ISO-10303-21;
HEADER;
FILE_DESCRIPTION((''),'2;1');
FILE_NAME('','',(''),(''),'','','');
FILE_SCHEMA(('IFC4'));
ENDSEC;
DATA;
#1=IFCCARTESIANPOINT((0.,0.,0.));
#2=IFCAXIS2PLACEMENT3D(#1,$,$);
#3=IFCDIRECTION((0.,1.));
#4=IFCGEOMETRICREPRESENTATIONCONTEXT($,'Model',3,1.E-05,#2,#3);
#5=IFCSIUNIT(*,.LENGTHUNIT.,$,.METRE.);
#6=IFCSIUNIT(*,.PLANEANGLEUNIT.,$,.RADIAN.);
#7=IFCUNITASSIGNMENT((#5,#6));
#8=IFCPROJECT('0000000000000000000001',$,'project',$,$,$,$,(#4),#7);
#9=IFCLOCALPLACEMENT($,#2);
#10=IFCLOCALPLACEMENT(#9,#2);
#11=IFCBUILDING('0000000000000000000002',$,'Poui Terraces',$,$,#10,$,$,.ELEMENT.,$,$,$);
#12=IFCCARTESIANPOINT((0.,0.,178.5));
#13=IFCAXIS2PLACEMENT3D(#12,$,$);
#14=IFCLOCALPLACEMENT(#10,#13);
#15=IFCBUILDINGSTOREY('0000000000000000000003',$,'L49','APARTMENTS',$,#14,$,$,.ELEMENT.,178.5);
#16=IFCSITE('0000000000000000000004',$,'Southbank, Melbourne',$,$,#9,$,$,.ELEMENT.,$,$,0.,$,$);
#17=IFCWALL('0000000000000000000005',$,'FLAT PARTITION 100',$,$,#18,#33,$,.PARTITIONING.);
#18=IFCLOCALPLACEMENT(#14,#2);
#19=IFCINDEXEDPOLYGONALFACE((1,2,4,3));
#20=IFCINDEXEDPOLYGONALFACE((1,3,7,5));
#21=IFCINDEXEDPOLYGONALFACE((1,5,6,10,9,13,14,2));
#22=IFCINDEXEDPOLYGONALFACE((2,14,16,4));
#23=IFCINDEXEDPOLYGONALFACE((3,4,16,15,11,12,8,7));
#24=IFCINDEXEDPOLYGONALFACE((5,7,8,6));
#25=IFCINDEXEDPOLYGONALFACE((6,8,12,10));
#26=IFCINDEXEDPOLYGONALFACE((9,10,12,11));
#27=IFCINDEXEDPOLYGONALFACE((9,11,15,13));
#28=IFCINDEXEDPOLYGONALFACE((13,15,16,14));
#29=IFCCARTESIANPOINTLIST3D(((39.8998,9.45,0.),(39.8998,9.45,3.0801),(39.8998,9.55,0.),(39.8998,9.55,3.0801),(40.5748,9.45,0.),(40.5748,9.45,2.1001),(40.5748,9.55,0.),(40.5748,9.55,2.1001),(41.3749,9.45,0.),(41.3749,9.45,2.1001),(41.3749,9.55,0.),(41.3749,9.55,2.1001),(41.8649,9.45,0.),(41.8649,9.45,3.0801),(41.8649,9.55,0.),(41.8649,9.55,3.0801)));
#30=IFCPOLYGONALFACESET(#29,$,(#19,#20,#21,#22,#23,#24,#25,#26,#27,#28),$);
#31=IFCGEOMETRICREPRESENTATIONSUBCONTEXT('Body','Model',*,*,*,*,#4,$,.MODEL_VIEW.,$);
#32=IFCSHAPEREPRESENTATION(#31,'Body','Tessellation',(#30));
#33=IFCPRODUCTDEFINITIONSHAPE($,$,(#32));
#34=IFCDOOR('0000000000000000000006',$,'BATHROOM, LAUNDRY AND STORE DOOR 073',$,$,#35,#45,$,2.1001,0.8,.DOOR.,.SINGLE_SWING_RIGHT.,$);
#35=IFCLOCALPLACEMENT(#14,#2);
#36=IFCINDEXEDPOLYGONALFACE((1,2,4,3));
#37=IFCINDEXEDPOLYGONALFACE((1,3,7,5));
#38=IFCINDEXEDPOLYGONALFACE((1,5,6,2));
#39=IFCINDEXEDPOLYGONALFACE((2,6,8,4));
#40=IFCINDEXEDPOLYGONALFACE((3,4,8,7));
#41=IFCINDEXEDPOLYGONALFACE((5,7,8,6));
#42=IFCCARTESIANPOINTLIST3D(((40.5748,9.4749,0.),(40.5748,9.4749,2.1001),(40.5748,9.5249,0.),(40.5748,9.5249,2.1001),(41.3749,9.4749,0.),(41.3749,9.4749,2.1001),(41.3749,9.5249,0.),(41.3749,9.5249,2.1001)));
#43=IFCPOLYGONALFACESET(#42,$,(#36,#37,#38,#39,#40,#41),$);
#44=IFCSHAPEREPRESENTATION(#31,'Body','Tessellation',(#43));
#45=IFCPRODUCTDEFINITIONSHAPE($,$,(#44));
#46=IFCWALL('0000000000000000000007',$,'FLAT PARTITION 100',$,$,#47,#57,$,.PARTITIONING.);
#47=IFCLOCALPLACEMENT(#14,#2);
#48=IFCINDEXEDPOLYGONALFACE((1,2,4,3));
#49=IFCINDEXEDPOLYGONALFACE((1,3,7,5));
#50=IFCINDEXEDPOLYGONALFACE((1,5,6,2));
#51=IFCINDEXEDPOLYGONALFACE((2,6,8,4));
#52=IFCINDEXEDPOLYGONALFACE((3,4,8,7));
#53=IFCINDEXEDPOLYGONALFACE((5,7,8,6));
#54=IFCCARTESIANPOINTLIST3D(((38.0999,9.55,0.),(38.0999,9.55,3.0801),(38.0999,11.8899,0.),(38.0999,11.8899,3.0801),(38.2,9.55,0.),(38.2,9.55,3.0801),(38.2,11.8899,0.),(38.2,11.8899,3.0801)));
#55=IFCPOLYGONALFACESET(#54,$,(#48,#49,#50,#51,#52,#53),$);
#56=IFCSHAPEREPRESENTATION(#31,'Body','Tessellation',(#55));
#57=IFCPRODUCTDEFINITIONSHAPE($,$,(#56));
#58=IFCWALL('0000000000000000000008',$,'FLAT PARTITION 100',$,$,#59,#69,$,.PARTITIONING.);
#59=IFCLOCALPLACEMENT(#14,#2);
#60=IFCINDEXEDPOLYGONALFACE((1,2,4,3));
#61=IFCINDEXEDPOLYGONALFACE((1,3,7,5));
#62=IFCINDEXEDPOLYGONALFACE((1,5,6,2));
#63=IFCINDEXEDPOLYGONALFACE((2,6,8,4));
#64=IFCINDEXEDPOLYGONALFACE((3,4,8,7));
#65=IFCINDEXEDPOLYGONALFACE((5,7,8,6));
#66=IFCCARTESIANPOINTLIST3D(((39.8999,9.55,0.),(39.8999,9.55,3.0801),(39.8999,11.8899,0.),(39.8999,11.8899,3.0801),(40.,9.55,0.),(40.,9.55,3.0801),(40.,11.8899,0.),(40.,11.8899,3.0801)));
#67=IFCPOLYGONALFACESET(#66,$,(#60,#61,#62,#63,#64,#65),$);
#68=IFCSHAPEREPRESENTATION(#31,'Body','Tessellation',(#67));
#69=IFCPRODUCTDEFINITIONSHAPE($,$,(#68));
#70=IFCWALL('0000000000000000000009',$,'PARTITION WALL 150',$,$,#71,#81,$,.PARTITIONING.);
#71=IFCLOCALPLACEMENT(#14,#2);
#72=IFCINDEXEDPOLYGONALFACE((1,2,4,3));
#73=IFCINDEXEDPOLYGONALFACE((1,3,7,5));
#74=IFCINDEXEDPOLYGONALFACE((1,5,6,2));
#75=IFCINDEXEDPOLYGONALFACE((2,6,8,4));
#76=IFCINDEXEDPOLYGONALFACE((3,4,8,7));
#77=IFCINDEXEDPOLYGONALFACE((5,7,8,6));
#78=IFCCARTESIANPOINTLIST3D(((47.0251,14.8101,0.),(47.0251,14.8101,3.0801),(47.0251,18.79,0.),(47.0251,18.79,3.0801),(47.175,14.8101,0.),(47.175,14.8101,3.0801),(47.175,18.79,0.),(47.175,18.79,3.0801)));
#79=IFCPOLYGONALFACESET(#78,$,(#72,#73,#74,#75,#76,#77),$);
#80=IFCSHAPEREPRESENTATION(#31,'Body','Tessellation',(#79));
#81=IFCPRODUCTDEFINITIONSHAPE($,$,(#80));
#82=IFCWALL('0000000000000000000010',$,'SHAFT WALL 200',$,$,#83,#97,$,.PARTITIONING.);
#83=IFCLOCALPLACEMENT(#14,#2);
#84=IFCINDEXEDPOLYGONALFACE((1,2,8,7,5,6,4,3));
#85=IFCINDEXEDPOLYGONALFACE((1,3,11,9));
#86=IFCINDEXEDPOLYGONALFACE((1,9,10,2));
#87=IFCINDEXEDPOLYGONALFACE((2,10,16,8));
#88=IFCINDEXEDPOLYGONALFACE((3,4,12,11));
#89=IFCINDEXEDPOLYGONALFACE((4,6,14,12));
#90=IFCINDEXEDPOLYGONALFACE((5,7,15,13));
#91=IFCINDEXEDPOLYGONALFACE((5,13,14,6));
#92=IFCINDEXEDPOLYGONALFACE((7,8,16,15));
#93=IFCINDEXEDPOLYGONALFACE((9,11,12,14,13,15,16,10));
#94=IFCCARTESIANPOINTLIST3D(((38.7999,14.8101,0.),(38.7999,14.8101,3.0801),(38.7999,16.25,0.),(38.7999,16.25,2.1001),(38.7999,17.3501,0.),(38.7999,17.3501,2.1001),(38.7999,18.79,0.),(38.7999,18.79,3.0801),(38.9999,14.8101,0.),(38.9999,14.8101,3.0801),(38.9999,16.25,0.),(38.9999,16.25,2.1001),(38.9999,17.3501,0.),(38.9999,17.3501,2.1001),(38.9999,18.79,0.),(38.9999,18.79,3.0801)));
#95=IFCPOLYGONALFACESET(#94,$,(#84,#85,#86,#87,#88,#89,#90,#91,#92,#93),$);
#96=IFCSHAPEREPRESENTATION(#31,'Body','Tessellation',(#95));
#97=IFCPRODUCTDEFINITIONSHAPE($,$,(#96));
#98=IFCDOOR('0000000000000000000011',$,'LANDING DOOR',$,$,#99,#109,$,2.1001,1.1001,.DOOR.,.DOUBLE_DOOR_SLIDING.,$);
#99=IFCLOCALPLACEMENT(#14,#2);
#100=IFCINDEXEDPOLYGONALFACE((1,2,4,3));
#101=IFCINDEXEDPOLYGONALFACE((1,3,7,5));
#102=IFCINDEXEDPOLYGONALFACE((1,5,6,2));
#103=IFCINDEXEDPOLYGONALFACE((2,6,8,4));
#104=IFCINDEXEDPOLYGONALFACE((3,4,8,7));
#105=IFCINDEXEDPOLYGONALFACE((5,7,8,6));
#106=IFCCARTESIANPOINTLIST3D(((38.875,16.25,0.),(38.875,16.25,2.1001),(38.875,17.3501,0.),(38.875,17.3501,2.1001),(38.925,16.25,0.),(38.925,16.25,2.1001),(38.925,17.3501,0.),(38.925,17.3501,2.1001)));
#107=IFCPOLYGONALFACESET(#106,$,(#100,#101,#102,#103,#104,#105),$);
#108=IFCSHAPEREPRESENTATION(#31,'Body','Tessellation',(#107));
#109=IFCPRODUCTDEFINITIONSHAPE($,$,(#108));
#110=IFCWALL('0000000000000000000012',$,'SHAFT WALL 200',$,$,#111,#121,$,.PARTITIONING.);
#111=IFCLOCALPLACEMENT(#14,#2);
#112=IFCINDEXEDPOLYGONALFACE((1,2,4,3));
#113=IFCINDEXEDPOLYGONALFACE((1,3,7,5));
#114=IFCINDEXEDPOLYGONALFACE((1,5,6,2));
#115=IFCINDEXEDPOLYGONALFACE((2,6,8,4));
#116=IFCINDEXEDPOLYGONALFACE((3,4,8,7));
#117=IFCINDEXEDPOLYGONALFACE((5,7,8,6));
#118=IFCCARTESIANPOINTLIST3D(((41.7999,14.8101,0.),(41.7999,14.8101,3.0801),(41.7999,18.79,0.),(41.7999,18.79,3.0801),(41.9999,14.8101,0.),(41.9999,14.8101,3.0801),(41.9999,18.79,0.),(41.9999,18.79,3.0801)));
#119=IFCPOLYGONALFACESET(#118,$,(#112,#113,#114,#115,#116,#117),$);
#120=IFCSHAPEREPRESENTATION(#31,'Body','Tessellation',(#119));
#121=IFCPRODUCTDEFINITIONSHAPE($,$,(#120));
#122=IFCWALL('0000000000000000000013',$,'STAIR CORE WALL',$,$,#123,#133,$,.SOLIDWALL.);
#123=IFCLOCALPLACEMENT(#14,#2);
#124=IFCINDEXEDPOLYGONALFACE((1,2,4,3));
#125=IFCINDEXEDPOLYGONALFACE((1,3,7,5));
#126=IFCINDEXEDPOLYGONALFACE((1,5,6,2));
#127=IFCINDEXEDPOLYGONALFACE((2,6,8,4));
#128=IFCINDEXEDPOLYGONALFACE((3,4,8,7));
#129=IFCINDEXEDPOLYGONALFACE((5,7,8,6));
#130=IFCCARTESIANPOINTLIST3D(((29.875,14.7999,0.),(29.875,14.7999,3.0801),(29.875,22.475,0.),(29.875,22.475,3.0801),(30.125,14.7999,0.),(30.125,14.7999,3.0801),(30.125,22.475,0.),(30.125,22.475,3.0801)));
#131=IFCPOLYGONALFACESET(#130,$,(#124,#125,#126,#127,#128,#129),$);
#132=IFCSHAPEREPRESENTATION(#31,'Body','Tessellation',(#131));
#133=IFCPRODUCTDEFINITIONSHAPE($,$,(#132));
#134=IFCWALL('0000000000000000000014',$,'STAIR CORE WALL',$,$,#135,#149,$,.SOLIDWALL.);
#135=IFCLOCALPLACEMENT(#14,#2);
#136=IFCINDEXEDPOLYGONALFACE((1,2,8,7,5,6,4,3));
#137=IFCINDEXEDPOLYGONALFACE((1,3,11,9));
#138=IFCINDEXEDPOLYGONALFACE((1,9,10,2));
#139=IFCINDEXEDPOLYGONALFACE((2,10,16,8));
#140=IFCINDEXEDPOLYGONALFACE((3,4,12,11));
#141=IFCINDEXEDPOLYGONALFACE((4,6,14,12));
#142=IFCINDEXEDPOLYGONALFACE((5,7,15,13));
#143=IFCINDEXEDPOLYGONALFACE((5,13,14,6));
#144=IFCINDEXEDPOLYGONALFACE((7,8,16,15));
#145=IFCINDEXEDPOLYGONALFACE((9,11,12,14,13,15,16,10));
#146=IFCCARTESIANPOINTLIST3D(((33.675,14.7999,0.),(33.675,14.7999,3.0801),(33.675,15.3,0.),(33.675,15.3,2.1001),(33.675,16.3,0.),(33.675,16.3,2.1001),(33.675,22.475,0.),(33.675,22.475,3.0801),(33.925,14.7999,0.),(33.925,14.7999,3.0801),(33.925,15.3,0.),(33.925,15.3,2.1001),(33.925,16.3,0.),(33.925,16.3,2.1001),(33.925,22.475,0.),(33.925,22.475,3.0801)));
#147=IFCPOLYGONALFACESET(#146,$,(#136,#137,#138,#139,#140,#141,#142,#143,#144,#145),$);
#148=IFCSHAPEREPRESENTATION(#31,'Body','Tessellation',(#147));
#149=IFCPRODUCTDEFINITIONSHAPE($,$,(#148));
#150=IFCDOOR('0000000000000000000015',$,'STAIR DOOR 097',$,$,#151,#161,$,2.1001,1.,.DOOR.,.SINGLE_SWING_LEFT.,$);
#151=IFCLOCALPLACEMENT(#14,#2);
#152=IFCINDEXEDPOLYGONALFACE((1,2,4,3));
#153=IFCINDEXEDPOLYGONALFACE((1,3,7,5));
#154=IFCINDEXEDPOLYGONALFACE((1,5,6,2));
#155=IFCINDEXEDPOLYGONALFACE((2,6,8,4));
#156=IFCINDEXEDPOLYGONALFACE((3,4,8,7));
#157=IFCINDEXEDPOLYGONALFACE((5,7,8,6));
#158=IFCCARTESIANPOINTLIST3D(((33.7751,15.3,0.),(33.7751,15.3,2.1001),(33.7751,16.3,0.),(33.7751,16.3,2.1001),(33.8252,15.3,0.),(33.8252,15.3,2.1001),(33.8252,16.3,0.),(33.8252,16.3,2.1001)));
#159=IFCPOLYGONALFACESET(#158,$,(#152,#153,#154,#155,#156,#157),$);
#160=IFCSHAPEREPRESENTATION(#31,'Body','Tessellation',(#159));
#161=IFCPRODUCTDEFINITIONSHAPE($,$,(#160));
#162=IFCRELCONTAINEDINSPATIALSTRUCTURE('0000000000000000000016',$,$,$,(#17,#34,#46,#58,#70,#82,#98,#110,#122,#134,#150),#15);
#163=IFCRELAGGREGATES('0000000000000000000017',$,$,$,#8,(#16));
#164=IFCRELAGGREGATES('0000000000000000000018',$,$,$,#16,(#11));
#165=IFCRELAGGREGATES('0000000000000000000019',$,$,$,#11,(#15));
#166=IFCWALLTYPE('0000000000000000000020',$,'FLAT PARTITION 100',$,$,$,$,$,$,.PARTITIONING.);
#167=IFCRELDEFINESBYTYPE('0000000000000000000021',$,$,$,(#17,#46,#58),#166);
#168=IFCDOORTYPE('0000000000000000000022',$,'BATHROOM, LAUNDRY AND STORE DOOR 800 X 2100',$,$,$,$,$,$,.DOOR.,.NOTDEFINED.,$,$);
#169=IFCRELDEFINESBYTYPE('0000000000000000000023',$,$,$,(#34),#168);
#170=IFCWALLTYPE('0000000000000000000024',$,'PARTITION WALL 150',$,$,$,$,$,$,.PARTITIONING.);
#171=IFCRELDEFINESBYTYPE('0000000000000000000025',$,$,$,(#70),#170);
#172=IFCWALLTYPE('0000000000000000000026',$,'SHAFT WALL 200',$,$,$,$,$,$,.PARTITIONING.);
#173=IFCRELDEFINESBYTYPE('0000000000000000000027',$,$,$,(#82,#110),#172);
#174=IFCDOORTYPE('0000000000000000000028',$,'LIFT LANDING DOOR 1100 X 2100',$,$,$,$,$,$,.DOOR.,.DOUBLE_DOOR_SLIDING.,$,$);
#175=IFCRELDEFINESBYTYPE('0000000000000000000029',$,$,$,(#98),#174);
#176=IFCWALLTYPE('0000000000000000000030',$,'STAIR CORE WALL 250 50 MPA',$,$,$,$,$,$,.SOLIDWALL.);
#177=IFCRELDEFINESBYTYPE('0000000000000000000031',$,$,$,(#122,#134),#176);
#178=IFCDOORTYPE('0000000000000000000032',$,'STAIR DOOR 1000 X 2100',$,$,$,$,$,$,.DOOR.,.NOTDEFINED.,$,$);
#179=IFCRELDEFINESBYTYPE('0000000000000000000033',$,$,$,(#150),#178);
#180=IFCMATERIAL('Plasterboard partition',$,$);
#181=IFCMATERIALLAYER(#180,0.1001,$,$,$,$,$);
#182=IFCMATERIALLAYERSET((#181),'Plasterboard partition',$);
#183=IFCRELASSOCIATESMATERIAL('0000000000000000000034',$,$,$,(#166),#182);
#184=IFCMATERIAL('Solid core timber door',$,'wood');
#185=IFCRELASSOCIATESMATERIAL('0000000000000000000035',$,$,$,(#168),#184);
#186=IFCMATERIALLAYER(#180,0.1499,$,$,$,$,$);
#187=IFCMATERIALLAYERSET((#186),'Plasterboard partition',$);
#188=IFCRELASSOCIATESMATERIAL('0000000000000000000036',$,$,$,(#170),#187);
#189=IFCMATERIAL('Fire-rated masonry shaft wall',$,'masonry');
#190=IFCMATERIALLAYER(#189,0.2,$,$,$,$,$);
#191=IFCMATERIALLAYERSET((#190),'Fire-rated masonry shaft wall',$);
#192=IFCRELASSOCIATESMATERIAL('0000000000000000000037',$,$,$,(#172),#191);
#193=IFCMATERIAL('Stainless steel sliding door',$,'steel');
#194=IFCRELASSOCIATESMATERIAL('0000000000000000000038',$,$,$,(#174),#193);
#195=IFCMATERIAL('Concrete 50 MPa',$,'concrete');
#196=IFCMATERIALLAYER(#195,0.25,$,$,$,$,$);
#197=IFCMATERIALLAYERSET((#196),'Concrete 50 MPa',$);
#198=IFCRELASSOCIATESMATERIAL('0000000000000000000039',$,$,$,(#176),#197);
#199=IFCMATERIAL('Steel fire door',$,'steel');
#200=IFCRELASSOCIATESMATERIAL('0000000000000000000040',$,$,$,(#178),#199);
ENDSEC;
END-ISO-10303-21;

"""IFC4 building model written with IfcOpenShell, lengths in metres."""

from ifc_helpers import new_model, si_unit, direction, frame, frame_2d, origin, place, context, subcontext, project, spatial, rectangle, extrude, material, layer, layer_set, type_object, element, fill, save


model = new_model("IFC4")

# Units and contexts
model_context = context("Model", 3, precision=1e-05, world=origin(), true_north=direction((0.0, 1.0)))
body_context = subcontext(model_context, "Body", "Model", "MODEL_VIEW")
ifc_project = project(units=[si_unit("LENGTHUNIT", "METRE"), si_unit("PLANEANGLEUNIT", "RADIAN")], contexts=[model_context])

# Site, building, storey
site_placement = place(None, origin())
site = spatial("IfcSite", under=ifc_project, at=site_placement, Name="Southbank, Melbourne", CompositionType="ELEMENT", RefElevation=0.0)
building_placement = place(site_placement, origin())
building = spatial("IfcBuilding", under=site, at=building_placement, Name="Poui Terraces", CompositionType="ELEMENT")
storey_placement = place(building_placement, frame((0.0, 0.0, 178.5)))
storey = spatial("IfcBuildingStorey", under=building, at=storey_placement, Name="L49", Description="APARTMENTS", CompositionType="ELEMENT", Elevation=178.5)

# Shared definitions
ifc_material_1 = material(Name="Concrete 50 MPa", Category="concrete")

# Shared definitions
ifc_material_2 = material(Name="Steel fire door", Category="steel")

# Wall, opening, door
ifc_material_3 = material(Name="Plasterboard partition")
ifc_layer_1 = layer(ifc_material_3, 0.1001)
ifc_layer_set_1 = layer_set([ifc_layer_1], Name="Plasterboard partition")
wall_type_1 = type_object("IfcWallType", Name="FLAT PARTITION 100", PredefinedType="PARTITIONING", material=ifc_layer_set_1)
wall_1_placement = place(storey_placement, frame((39.8999, 9.5, 0.0), z_axis=(0.0, 0.0, 1.0), x_axis=(1.0, 0.0, 0.0)))
wall_1 = element("IfcWall", 1, at=wall_1_placement, inside=storey, type_object=wall_type_1, Name="FLAT PARTITION 100", PredefinedType="PARTITIONING", context=body_context, shape_type="SweptSolid", body=[
    extrude(rectangle(XDim=1.9651, YDim=0.1001, at=frame_2d((0.9824, 0.0))), origin(), (0.0, 0.0, 1.0), 3.0801),
])
opening_1_placement = place(wall_1_placement, frame((0.675, 0.0, 0.0)))
opening_1 = element("IfcOpeningElement", 2, at=opening_1_placement, cuts=wall_1, PredefinedType="OPENING", context=body_context, shape_type="SweptSolid", body=[
    extrude(rectangle(XDim=0.8, YDim=2.1001, at=frame_2d((0.3999, 1.05))), frame((0.0, 0.0601, 0.0), z_axis=(0.0, -1.0, 0.0), x_axis=(1.0, 0.0, 0.0)), (0.0, 0.0, 1.0), 0.1201),
])
ifc_material_4 = material(Name="Solid core timber door", Category="wood")
door_type_1 = type_object("IfcDoorType", Name="BATHROOM, LAUNDRY AND STORE DOOR 800 X 2100", OperationType="NOTDEFINED", PredefinedType="DOOR", material=ifc_material_4)
door_1_placement = place(opening_1_placement, origin())
door_1 = element("IfcDoor", 3, at=door_1_placement, inside=storey, type_object=door_type_1, Name="BATHROOM, LAUNDRY AND STORE DOOR 073", OperationType="SINGLE_SWING_RIGHT", OverallHeight=2.1001, OverallWidth=0.8, PredefinedType="DOOR", context=body_context, shape_type="SweptSolid", body=[
    extrude(rectangle(XDim=0.8, YDim=2.1001, at=frame_2d((0.3999, 1.05))), frame((0.0, 0.0249, 0.0), z_axis=(0.0, -1.0, 0.0), x_axis=(1.0, 0.0, 0.0)), (0.0, 0.0, 1.0), 0.05),
])
fill(opening_1, door_1)

# Walls
for number, where, z_axis, x_axis, name in (
    (4, (38.1499, 9.55, 0.0), (0.0, 0.0, 1.0), (0.0, 1.0, 0.0), "FLAT PARTITION 100"),
    (5, (39.95, 9.55, 0.0), (0.0, 0.0, 1.0), (0.0, 1.0, 0.0), "FLAT PARTITION 100"),
):
    element("IfcWall", number, at=place(storey_placement, frame(where, z_axis=z_axis, x_axis=x_axis)), inside=storey, type_object=wall_type_1, Name=name, PredefinedType="PARTITIONING", context=body_context, shape_type="SweptSolid", body=[
        extrude(rectangle(XDim=2.3398, YDim=0.1001, at=frame_2d((1.1699, 0.0))), origin(), (0.0, 0.0, 1.0), 3.0801),
    ])
ifc_layer_2 = layer(ifc_material_3, 0.1499)
ifc_layer_set_2 = layer_set([ifc_layer_2], Name="Plasterboard partition")
wall_type_2 = type_object("IfcWallType", Name="PARTITION WALL 150", PredefinedType="PARTITIONING", material=ifc_layer_set_2)
wall_2_placement = place(storey_placement, frame((47.1001, 14.8101, 0.0), z_axis=(0.0, 0.0, 1.0), x_axis=(0.0, 1.0, 0.0)))
element("IfcWall", 6, at=wall_2_placement, inside=storey, type_object=wall_type_2, Name="PARTITION WALL 150", PredefinedType="PARTITIONING", context=body_context, shape_type="SweptSolid", body=[
    extrude(rectangle(XDim=3.98, YDim=0.1499, at=frame_2d((1.99, 0.0))), origin(), (0.0, 0.0, 1.0), 3.0801),
])

# Wall, opening, door
ifc_material_5 = material(Name="Fire-rated masonry shaft wall", Category="masonry")
ifc_layer_3 = layer(ifc_material_5, 0.2)
ifc_layer_set_3 = layer_set([ifc_layer_3], Name="Fire-rated masonry shaft wall")
wall_type_3 = type_object("IfcWallType", Name="SHAFT WALL 200", PredefinedType="PARTITIONING", material=ifc_layer_set_3)
wall_3_placement = place(storey_placement, frame((38.8999, 14.8101, 0.0), z_axis=(0.0, 0.0, 1.0), x_axis=(0.0, 1.0, 0.0)))
wall_3 = element("IfcWall", 7, at=wall_3_placement, inside=storey, type_object=wall_type_3, Name="SHAFT WALL 200", PredefinedType="PARTITIONING", context=body_context, shape_type="SweptSolid", body=[
    extrude(rectangle(XDim=3.98, YDim=0.2, at=frame_2d((1.99, 0.0))), origin(), (0.0, 0.0, 1.0), 3.0801),
])
opening_2_placement = place(wall_3_placement, frame((1.4399, 0.0, 0.0)))
opening_2 = element("IfcOpeningElement", 8, at=opening_2_placement, cuts=wall_3, PredefinedType="OPENING", context=body_context, shape_type="SweptSolid", body=[
    extrude(rectangle(XDim=1.1001, YDim=2.1001, at=frame_2d((0.55, 1.05))), frame((0.0, 0.1099, 0.0), z_axis=(0.0, -1.0, 0.0), x_axis=(1.0, 0.0, 0.0)), (0.0, 0.0, 1.0), 0.22),
])
ifc_material_6 = material(Name="Stainless steel sliding door", Category="steel")
door_type_2 = type_object("IfcDoorType", Name="LIFT LANDING DOOR 1100 X 2100", OperationType="DOUBLE_DOOR_SLIDING", PredefinedType="DOOR", material=ifc_material_6)
door_2_placement = place(opening_2_placement, origin())
door_2 = element("IfcDoor", 9, at=door_2_placement, inside=storey, type_object=door_type_2, Name="LANDING DOOR", OperationType="DOUBLE_DOOR_SLIDING", OverallHeight=2.1001, OverallWidth=1.1001, PredefinedType="DOOR", context=body_context, shape_type="SweptSolid", body=[
    extrude(rectangle(XDim=1.1001, YDim=2.1001, at=frame_2d((0.55, 1.05))), frame((0.0, 0.0249, 0.0), z_axis=(0.0, -1.0, 0.0), x_axis=(1.0, 0.0, 0.0)), (0.0, 0.0, 1.0), 0.05),
])
fill(opening_2, door_2)

# Walls
wall_4_placement = place(storey_placement, frame((41.8999, 14.8101, 0.0), z_axis=(0.0, 0.0, 1.0), x_axis=(0.0, 1.0, 0.0)))
element("IfcWall", 10, at=wall_4_placement, inside=storey, type_object=wall_type_3, Name="SHAFT WALL 200", PredefinedType="PARTITIONING", context=body_context, shape_type="SweptSolid", body=[
    extrude(rectangle(XDim=3.98, YDim=0.2, at=frame_2d((1.99, 0.0))), origin(), (0.0, 0.0, 1.0), 3.0801),
])
ifc_layer_4 = layer(ifc_material_1, 0.25)
ifc_layer_set_4 = layer_set([ifc_layer_4], Name="Concrete 50 MPa")
wall_type_4 = type_object("IfcWallType", Name="STAIR CORE WALL 250 50 MPA", PredefinedType="SOLIDWALL", material=ifc_layer_set_4)
wall_5_placement = place(storey_placement, frame((30.0, 14.8, 0.0), z_axis=(0.0, 0.0, 1.0), x_axis=(0.0, 1.0, 0.0)))
element("IfcWall", 11, at=wall_5_placement, inside=storey, type_object=wall_type_4, Name="STAIR CORE WALL", PredefinedType="SOLIDWALL", context=body_context, shape_type="SweptSolid", body=[
    extrude(rectangle(XDim=7.675, YDim=0.25, at=frame_2d((3.8374, 0.0))), origin(), (0.0, 0.0, 1.0), 3.0801),
])

# Wall, opening, door
wall_6_placement = place(storey_placement, frame((33.8, 14.8, 0.0), z_axis=(0.0, 0.0, 1.0), x_axis=(0.0, 1.0, 0.0)))
wall_6 = element("IfcWall", 12, at=wall_6_placement, inside=storey, type_object=wall_type_4, Name="STAIR CORE WALL", PredefinedType="SOLIDWALL", context=body_context, shape_type="SweptSolid", body=[
    extrude(rectangle(XDim=7.675, YDim=0.25, at=frame_2d((3.8374, 0.0))), origin(), (0.0, 0.0, 1.0), 3.0801),
])
opening_3_placement = place(wall_6_placement, frame((0.5, 0.0, 0.0)))
opening_3 = element("IfcOpeningElement", 13, at=opening_3_placement, cuts=wall_6, PredefinedType="OPENING", context=body_context, shape_type="SweptSolid", body=[
    extrude(rectangle(XDim=1.0, YDim=2.1001, at=frame_2d((0.5, 1.05))), frame((0.0, 0.135, 0.0), z_axis=(0.0, -1.0, 0.0), x_axis=(1.0, 0.0, 0.0)), (0.0, 0.0, 1.0), 0.27),
])
door_type_3 = type_object("IfcDoorType", Name="STAIR DOOR 1000 X 2100", OperationType="NOTDEFINED", PredefinedType="DOOR", material=ifc_material_2)
door_3_placement = place(opening_3_placement, origin())
door_3 = element("IfcDoor", 14, at=door_3_placement, inside=storey, type_object=door_type_3, Name="STAIR DOOR 097", OperationType="SINGLE_SWING_LEFT", OverallHeight=2.1001, OverallWidth=1.0, PredefinedType="DOOR", context=body_context, shape_type="SweptSolid", body=[
    extrude(rectangle(XDim=1.0, YDim=2.1001, at=frame_2d((0.5, 1.05))), frame((0.0, 0.0249, 0.0), z_axis=(0.0, -1.0, 0.0), x_axis=(1.0, 0.0, 0.0)), (0.0, 0.0, 1.0), 0.05),
])
fill(opening_3, door_3)

save(model, "model.ifc")
